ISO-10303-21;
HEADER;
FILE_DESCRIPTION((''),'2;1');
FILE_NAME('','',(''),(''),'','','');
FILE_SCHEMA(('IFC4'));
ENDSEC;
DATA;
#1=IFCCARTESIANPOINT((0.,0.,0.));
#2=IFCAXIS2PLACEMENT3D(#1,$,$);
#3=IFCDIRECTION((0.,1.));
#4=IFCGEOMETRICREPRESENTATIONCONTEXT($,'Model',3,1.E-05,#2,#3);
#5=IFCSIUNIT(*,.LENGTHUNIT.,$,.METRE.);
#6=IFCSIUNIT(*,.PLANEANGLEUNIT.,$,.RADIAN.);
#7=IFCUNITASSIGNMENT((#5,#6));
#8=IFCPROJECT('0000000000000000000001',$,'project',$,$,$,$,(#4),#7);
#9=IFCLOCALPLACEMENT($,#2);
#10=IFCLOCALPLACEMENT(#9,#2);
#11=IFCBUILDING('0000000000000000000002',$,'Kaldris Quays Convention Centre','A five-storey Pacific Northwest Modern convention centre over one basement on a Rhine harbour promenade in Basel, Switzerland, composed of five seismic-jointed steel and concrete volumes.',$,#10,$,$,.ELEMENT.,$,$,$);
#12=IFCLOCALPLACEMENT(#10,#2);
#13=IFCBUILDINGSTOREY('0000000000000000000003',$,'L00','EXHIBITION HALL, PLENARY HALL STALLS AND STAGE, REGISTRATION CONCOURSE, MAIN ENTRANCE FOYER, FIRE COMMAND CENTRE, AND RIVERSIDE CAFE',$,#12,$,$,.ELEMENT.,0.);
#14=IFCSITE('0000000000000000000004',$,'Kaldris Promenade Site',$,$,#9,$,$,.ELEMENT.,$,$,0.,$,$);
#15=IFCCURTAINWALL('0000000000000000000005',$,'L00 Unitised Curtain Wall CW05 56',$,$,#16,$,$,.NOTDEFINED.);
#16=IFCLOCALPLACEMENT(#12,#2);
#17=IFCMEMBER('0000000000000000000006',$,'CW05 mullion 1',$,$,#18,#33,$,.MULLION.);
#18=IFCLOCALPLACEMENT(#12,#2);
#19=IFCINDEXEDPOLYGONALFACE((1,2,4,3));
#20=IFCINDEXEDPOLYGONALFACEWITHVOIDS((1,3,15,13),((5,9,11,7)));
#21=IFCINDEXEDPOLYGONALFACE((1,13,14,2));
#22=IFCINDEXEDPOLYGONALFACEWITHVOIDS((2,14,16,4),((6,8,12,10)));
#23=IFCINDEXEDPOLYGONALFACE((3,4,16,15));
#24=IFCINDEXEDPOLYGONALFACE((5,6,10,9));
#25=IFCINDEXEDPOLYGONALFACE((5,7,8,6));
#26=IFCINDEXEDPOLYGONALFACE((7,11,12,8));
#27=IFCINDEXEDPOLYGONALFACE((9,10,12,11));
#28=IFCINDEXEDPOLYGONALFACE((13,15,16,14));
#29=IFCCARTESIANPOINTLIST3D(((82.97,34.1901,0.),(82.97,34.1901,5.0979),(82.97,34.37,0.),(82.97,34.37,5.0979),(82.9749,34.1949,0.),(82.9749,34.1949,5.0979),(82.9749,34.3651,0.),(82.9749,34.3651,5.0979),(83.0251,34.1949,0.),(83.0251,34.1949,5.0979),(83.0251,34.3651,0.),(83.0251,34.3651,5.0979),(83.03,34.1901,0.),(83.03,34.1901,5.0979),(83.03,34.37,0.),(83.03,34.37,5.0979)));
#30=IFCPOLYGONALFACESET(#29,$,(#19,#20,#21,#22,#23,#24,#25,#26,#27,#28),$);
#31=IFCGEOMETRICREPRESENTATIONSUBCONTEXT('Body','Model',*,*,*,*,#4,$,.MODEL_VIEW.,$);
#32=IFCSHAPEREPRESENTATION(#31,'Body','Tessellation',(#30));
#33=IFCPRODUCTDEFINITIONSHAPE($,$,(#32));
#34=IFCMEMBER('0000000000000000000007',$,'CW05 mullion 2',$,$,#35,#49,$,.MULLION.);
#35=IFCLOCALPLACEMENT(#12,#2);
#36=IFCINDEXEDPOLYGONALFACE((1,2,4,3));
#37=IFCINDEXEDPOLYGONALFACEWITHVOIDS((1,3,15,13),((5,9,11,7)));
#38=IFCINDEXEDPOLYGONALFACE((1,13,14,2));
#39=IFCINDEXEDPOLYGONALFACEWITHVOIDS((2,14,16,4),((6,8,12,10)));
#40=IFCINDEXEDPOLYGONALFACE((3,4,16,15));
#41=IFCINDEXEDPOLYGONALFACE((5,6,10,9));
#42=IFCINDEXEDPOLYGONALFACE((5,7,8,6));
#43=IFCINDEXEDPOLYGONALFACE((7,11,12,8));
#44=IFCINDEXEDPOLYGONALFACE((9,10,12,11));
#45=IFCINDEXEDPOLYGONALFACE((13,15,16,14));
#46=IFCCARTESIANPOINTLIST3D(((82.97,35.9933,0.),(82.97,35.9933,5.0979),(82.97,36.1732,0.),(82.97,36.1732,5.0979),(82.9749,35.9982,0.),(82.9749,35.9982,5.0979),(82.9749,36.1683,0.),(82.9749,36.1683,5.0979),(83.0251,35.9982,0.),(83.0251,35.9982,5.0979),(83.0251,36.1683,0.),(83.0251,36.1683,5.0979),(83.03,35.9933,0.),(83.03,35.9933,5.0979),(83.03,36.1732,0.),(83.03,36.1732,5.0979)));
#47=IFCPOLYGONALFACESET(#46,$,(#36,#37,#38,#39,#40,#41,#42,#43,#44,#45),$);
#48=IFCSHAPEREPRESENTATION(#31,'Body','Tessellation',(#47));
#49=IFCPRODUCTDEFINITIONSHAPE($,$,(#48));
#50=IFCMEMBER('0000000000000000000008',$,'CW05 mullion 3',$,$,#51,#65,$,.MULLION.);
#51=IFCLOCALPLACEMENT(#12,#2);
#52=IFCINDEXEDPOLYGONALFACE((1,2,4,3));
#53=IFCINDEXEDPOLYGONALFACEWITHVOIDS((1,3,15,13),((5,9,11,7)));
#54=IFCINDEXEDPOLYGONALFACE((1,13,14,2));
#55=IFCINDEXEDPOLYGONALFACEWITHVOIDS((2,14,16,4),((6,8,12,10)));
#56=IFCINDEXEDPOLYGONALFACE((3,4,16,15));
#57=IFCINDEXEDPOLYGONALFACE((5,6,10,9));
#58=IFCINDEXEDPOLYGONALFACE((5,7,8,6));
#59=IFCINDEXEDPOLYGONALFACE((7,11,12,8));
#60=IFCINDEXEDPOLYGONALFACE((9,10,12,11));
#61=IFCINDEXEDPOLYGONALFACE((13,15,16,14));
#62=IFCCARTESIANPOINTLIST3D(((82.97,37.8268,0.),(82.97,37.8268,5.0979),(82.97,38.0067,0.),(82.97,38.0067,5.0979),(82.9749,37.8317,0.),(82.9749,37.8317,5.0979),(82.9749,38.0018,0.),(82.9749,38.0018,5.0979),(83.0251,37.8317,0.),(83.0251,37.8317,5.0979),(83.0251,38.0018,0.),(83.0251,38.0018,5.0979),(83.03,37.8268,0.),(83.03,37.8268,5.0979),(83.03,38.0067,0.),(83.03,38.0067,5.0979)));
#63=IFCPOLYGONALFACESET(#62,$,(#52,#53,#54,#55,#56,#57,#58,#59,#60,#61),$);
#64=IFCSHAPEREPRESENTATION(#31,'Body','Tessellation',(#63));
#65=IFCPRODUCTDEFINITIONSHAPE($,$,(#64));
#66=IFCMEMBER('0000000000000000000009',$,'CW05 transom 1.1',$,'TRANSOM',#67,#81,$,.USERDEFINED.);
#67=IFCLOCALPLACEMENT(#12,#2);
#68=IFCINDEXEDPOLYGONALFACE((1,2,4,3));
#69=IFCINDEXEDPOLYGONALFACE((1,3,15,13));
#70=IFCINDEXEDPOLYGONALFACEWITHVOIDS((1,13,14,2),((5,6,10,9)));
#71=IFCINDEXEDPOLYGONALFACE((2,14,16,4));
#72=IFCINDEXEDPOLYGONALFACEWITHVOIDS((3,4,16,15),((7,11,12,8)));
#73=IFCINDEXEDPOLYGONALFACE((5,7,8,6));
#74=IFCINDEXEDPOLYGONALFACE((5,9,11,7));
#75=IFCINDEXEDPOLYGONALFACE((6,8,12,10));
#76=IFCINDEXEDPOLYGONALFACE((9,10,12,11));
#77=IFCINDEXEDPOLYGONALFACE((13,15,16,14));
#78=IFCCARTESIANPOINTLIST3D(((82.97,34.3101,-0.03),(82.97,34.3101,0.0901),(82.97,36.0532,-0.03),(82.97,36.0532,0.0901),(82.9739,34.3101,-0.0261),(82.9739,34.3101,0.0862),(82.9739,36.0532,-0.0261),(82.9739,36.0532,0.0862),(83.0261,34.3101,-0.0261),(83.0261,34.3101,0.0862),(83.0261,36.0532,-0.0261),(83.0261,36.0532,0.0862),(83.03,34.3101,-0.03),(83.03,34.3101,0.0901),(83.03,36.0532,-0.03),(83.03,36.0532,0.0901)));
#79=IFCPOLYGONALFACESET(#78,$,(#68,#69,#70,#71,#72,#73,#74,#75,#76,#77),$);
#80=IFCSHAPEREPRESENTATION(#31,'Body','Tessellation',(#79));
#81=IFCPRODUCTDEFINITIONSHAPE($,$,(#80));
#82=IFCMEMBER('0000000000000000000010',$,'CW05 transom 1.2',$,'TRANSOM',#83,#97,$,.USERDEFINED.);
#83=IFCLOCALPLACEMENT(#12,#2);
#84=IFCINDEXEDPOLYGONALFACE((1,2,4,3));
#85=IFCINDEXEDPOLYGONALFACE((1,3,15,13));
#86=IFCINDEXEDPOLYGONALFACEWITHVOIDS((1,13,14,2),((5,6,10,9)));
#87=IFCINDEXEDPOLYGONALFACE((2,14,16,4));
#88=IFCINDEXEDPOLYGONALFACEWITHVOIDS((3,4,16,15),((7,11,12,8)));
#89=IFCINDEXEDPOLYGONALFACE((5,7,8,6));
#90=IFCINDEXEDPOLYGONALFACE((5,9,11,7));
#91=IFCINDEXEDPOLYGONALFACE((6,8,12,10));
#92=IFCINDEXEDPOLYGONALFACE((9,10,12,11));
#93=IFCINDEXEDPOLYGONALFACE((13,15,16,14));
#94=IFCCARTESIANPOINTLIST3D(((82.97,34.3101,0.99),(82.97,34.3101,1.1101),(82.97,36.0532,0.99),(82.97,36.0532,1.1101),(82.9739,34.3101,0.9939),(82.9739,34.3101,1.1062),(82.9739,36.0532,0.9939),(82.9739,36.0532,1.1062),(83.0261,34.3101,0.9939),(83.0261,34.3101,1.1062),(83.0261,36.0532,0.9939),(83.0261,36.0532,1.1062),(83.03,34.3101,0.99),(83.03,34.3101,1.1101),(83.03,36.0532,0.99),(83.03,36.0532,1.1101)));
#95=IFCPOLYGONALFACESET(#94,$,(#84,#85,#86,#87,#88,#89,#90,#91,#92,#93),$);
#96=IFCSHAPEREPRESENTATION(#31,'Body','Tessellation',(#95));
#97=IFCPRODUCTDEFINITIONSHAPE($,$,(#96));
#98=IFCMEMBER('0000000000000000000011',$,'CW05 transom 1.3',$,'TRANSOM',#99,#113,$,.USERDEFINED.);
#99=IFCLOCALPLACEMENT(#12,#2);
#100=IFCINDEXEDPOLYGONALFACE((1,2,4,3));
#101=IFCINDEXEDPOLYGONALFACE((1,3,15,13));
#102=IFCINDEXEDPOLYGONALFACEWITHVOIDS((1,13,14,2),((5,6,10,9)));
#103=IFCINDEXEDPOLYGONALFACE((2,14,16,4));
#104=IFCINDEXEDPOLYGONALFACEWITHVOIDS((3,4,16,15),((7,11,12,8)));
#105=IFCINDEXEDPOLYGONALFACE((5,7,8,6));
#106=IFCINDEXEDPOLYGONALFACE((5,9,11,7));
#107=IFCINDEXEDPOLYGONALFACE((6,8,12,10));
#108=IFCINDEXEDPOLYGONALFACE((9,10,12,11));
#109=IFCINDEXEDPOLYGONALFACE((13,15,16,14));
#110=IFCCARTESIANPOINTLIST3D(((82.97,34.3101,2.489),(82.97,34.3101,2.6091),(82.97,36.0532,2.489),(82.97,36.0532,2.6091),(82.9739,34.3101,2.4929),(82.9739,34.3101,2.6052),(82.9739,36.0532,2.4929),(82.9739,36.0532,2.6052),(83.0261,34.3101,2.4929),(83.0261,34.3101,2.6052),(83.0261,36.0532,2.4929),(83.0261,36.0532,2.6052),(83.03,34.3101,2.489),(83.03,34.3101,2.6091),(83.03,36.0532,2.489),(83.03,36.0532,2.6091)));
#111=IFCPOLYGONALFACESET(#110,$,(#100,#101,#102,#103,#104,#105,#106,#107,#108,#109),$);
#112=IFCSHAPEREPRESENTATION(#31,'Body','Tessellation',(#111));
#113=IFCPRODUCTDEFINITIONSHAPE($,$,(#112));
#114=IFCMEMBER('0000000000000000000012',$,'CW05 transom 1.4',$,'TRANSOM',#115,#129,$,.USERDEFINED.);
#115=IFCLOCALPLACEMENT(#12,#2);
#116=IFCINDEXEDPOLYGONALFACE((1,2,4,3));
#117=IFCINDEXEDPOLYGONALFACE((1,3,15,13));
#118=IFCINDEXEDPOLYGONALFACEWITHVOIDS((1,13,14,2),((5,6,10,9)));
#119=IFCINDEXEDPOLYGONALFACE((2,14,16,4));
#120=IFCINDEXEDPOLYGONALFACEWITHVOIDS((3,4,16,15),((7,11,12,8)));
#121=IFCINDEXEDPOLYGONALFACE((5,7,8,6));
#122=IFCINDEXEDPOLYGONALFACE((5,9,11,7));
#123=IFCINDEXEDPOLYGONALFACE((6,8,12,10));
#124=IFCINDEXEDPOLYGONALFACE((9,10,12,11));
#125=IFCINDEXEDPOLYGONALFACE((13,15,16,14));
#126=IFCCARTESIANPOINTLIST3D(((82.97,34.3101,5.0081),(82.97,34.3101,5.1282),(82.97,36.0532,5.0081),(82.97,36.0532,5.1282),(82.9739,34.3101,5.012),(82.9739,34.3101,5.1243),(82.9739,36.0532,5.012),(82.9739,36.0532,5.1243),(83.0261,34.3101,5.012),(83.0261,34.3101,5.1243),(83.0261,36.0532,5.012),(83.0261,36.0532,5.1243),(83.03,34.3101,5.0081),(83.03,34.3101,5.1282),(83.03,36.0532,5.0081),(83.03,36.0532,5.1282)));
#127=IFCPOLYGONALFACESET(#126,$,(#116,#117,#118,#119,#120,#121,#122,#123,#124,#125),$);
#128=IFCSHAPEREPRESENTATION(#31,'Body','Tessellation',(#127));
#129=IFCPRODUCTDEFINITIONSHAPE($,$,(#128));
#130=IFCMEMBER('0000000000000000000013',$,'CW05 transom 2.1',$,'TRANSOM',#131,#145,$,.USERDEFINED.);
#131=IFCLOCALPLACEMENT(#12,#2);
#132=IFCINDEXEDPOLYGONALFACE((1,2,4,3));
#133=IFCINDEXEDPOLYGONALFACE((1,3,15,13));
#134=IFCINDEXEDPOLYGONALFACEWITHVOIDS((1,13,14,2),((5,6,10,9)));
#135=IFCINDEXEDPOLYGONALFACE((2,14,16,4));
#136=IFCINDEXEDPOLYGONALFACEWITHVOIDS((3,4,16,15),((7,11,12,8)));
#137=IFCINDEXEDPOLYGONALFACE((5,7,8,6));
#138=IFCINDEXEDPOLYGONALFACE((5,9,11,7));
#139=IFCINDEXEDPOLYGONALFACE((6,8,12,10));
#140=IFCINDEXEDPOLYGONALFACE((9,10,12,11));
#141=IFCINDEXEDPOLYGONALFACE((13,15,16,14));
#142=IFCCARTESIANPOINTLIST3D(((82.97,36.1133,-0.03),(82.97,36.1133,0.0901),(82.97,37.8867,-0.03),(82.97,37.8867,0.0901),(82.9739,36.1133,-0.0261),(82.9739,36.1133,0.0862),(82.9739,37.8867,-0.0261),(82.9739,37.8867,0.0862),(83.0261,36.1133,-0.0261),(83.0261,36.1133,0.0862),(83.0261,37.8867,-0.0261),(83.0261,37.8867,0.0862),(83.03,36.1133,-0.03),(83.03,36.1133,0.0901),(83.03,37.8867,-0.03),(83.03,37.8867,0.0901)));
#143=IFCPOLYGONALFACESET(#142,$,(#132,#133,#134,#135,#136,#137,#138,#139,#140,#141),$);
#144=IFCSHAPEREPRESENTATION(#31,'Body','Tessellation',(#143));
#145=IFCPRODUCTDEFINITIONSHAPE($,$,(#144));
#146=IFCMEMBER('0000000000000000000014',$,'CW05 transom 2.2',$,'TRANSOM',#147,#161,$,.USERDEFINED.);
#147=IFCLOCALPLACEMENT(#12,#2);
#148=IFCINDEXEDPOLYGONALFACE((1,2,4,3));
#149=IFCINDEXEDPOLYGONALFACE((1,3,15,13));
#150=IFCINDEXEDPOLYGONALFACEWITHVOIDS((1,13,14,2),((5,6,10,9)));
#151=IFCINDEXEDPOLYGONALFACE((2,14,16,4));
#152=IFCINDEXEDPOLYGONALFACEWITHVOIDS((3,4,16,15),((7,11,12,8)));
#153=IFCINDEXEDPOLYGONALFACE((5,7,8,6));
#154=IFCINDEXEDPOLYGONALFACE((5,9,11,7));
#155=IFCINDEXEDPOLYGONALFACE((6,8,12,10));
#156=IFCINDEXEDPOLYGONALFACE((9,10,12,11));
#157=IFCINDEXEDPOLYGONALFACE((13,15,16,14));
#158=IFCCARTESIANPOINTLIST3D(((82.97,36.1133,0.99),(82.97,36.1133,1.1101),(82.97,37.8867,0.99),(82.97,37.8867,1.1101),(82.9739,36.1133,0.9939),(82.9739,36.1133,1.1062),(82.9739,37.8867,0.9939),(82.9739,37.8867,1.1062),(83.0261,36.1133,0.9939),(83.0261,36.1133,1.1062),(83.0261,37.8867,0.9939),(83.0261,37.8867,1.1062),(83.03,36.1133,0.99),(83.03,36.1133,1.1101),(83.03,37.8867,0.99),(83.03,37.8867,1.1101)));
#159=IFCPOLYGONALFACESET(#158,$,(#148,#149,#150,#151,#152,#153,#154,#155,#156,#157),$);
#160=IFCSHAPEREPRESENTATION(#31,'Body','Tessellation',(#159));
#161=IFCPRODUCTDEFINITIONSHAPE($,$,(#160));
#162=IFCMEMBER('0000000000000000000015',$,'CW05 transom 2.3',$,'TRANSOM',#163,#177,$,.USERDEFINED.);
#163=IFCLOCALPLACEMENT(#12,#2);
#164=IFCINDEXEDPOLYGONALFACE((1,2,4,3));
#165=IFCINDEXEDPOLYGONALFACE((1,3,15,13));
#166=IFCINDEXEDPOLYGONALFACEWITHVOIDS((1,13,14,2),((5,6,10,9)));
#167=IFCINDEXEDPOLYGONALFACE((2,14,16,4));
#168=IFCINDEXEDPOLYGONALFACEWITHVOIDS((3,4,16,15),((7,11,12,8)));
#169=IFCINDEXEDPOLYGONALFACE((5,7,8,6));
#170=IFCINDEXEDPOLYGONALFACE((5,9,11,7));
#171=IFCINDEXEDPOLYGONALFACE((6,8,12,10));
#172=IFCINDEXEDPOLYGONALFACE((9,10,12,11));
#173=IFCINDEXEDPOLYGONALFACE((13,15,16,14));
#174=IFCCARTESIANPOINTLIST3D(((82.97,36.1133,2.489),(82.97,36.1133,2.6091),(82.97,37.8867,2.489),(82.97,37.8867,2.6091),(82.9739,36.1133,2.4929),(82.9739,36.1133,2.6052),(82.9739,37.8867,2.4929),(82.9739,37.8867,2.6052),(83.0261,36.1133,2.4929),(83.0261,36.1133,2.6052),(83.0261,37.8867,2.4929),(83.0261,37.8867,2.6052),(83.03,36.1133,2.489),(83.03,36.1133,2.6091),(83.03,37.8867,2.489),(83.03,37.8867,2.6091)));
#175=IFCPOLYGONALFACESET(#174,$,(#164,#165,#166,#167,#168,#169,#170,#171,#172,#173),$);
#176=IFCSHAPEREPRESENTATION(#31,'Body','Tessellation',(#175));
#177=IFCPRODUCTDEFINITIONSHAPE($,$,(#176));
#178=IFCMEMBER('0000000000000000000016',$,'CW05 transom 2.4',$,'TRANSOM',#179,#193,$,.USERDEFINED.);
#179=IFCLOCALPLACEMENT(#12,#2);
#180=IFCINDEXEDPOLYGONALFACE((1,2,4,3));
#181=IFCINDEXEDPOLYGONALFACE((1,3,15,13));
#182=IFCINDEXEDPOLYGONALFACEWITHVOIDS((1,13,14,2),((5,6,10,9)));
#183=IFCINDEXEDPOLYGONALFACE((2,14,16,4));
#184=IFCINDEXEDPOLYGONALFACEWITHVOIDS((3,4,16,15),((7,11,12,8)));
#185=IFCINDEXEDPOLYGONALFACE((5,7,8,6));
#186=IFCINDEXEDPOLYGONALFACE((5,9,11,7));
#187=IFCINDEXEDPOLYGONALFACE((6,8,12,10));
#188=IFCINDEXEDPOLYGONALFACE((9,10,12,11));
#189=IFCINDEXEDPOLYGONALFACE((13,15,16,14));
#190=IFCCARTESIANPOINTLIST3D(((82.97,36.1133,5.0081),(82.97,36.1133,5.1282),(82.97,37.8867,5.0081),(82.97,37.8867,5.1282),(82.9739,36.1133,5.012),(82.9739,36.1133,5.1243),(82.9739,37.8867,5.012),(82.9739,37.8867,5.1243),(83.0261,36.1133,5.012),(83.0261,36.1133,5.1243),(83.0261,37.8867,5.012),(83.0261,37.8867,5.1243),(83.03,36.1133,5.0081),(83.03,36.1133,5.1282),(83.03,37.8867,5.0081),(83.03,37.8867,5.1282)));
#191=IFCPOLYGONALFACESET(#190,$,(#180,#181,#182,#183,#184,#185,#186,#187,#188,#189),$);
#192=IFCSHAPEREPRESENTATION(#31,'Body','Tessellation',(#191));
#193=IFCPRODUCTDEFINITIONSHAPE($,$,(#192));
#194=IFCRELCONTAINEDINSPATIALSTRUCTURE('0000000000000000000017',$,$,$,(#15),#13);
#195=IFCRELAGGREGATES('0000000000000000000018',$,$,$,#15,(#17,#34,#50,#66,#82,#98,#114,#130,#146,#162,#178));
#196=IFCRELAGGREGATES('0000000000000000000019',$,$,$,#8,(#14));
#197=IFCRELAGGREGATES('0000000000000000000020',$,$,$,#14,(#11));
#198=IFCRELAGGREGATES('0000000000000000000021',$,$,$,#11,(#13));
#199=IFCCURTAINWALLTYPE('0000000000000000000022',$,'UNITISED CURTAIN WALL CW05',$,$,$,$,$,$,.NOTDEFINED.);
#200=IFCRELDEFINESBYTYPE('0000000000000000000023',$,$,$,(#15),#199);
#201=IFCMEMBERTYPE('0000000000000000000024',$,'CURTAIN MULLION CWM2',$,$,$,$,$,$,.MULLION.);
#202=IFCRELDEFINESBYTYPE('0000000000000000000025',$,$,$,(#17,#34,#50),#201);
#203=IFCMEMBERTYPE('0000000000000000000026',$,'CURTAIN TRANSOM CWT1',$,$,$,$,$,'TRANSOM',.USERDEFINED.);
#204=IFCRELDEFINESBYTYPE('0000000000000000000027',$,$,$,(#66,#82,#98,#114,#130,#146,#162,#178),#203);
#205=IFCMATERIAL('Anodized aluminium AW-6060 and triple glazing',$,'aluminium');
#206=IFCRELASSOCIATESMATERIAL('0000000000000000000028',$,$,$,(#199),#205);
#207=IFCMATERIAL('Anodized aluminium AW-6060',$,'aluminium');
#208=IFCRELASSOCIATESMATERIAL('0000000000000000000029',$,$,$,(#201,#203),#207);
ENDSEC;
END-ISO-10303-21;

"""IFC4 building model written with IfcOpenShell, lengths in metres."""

from ifc_helpers import new_model, si_unit, direction, frame, origin, origin_2d, place, context, subcontext, project, spatial, hollow_rectangle, extrude, material, material_profile, profile_set, type_object, element, aggregate, save


model = new_model("IFC4")

# Units and contexts
model_context = context("Model", 3, precision=1e-05, world=origin(), true_north=direction((0.0, 1.0)))
body_context = subcontext(model_context, "Body", "Model", "MODEL_VIEW")
ifc_project = project(units=[si_unit("LENGTHUNIT", "METRE"), si_unit("PLANEANGLEUNIT", "RADIAN")], contexts=[model_context])

# Site, building, storey
site_placement = place(None, origin())
site = spatial("IfcSite", under=ifc_project, at=site_placement, Name="Kaldris Promenade Site", CompositionType="ELEMENT", RefElevation=0.0)
building_placement = place(site_placement, origin())
building = spatial("IfcBuilding", under=site, at=building_placement, Name="Kaldris Quays Convention Centre", Description="A five-storey Pacific Northwest Modern convention centre over one basement on a Rhine harbour promenade in Basel, Switzerland, composed of five seismic-jointed steel and concrete volumes.", CompositionType="ELEMENT")
storey_placement = place(building_placement, origin())
storey = spatial("IfcBuildingStorey", under=building, at=storey_placement, Name="L00", Description="EXHIBITION HALL, PLENARY HALL STALLS AND STAGE, REGISTRATION CONCOURSE, MAIN ENTRANCE FOYER, FIRE COMMAND CENTRE, AND RIVERSIDE CAFE", CompositionType="ELEMENT", Elevation=0.0)

# Curtain wall, members
ifc_material_1 = material(Name="Anodized aluminium AW-6060 and triple glazing", Category="aluminium")
curtain_wall_type = type_object("IfcCurtainWallType", Name="UNITISED CURTAIN WALL CW05", PredefinedType="NOTDEFINED", material=ifc_material_1)
curtain_wall_placement = place(storey_placement, origin())
curtain_wall = element("IfcCurtainWall", 1, at=curtain_wall_placement, inside=storey, type_object=curtain_wall_type, Name="L00 Unitised Curtain Wall CW05 56", PredefinedType="NOTDEFINED")
ifc_material_2 = material(Name="Anodized aluminium AW-6060", Category="aluminium")
ifc_material_profile_1 = material_profile(ifc_material_2, hollow_rectangle(XDim=0.0601, YDim=0.1799, WallThickness=0.0049, at=origin_2d()), Name="RHS 180x60x5")
ifc_profile_set_1 = profile_set([ifc_material_profile_1], Name="Anodized aluminium AW-6060")
member_type_1 = type_object("IfcMemberType", Name="CURTAIN MULLION CWM2", PredefinedType="MULLION", material=ifc_profile_set_1)
member_1_placement = place(storey_placement, frame((83.0, 34.28, 0.0), z_axis=(0.0, 0.0, 1.0), x_axis=(-1.0, 0.0, 0.0)))
member_1 = element("IfcMember", 2, at=member_1_placement, type_object=member_type_1, Name="CW05 mullion 1", PredefinedType="MULLION", context=body_context, shape_type="SweptSolid", body=[
    extrude(hollow_rectangle(XDim=0.0601, YDim=0.1799, WallThickness=0.0049, at=origin_2d()), origin(), (0.0, 0.0, 1.0), 5.0979),
])
member_2_placement = place(storey_placement, frame((83.0, 36.0833, 0.0), z_axis=(0.0, 0.0, 1.0), x_axis=(-1.0, 0.0, 0.0)))
member_2 = element("IfcMember", 3, at=member_2_placement, type_object=member_type_1, Name="CW05 mullion 2", PredefinedType="MULLION", context=body_context, shape_type="SweptSolid", body=[
    extrude(hollow_rectangle(XDim=0.0601, YDim=0.1799, WallThickness=0.0049, at=origin_2d()), origin(), (0.0, 0.0, 1.0), 5.0979),
])
member_3_placement = place(storey_placement, frame((83.0, 37.9167, 0.0), z_axis=(0.0, 0.0, 1.0), x_axis=(-1.0, 0.0, 0.0)))
member_3 = element("IfcMember", 4, at=member_3_placement, type_object=member_type_1, Name="CW05 mullion 3", PredefinedType="MULLION", context=body_context, shape_type="SweptSolid", body=[
    extrude(hollow_rectangle(XDim=0.0601, YDim=0.1799, WallThickness=0.0049, at=origin_2d()), origin(), (0.0, 0.0, 1.0), 5.0979),
])
ifc_material_profile_2 = material_profile(ifc_material_2, hollow_rectangle(XDim=0.0601, YDim=0.1201, WallThickness=0.0039, at=origin_2d()), Name="RHS 120x60x4")
ifc_profile_set_2 = profile_set([ifc_material_profile_2], Name="Anodized aluminium AW-6060")
member_type_2 = type_object("IfcMemberType", Name="CURTAIN TRANSOM CWT1", ElementType="TRANSOM", PredefinedType="USERDEFINED", material=ifc_profile_set_2)
member_4_placement = place(storey_placement, frame((83.0, 34.3101, 0.03), z_axis=(0.0, 1.0, 0.0), x_axis=(-1.0, 0.0, 0.0)))
member_4 = element("IfcMember", 5, at=member_4_placement, type_object=member_type_2, Name="CW05 transom 1.1", ObjectType="TRANSOM", PredefinedType="USERDEFINED", context=body_context, shape_type="SweptSolid", body=[
    extrude(hollow_rectangle(XDim=0.0601, YDim=0.1201, WallThickness=0.0039, at=origin_2d()), origin(), (0.0, 0.0, 1.0), 1.7432),
])
member_5_placement = place(storey_placement, frame((83.0, 34.3101, 1.05), z_axis=(0.0, 1.0, 0.0), x_axis=(-1.0, 0.0, 0.0)))
member_5 = element("IfcMember", 6, at=member_5_placement, type_object=member_type_2, Name="CW05 transom 1.2", ObjectType="TRANSOM", PredefinedType="USERDEFINED", context=body_context, shape_type="SweptSolid", body=[
    extrude(hollow_rectangle(XDim=0.0601, YDim=0.1201, WallThickness=0.0039, at=origin_2d()), origin(), (0.0, 0.0, 1.0), 1.7432),
])
member_6_placement = place(storey_placement, frame((83.0, 34.3101, 2.5491), z_axis=(0.0, 1.0, 0.0), x_axis=(-1.0, 0.0, 0.0)))
member_6 = element("IfcMember", 7, at=member_6_placement, type_object=member_type_2, Name="CW05 transom 1.3", ObjectType="TRANSOM", PredefinedType="USERDEFINED", context=body_context, shape_type="SweptSolid", body=[
    extrude(hollow_rectangle(XDim=0.0601, YDim=0.1201, WallThickness=0.0039, at=origin_2d()), origin(), (0.0, 0.0, 1.0), 1.7432),
])
member_7_placement = place(storey_placement, frame((83.0, 34.3101, 5.0681), z_axis=(0.0, 1.0, 0.0), x_axis=(-1.0, 0.0, 0.0)))
member_7 = element("IfcMember", 8, at=member_7_placement, type_object=member_type_2, Name="CW05 transom 1.4", ObjectType="TRANSOM", PredefinedType="USERDEFINED", context=body_context, shape_type="SweptSolid", body=[
    extrude(hollow_rectangle(XDim=0.0601, YDim=0.1201, WallThickness=0.0039, at=origin_2d()), origin(), (0.0, 0.0, 1.0), 1.7432),
])
member_8_placement = place(storey_placement, frame((83.0, 36.1133, 0.03), z_axis=(0.0, 1.0, 0.0), x_axis=(-1.0, 0.0, 0.0)))
member_8 = element("IfcMember", 9, at=member_8_placement, type_object=member_type_2, Name="CW05 transom 2.1", ObjectType="TRANSOM", PredefinedType="USERDEFINED", context=body_context, shape_type="SweptSolid", body=[
    extrude(hollow_rectangle(XDim=0.0601, YDim=0.1201, WallThickness=0.0039, at=origin_2d()), origin(), (0.0, 0.0, 1.0), 1.7734),
])
member_9_placement = place(storey_placement, frame((83.0, 36.1133, 1.05), z_axis=(0.0, 1.0, 0.0), x_axis=(-1.0, 0.0, 0.0)))
member_9 = element("IfcMember", 10, at=member_9_placement, type_object=member_type_2, Name="CW05 transom 2.2", ObjectType="TRANSOM", PredefinedType="USERDEFINED", context=body_context, shape_type="SweptSolid", body=[
    extrude(hollow_rectangle(XDim=0.0601, YDim=0.1201, WallThickness=0.0039, at=origin_2d()), origin(), (0.0, 0.0, 1.0), 1.7734),
])
member_10_placement = place(storey_placement, frame((83.0, 36.1133, 2.5491), z_axis=(0.0, 1.0, 0.0), x_axis=(-1.0, 0.0, 0.0)))
member_10 = element("IfcMember", 11, at=member_10_placement, type_object=member_type_2, Name="CW05 transom 2.3", ObjectType="TRANSOM", PredefinedType="USERDEFINED", context=body_context, shape_type="SweptSolid", body=[
    extrude(hollow_rectangle(XDim=0.0601, YDim=0.1201, WallThickness=0.0039, at=origin_2d()), origin(), (0.0, 0.0, 1.0), 1.7734),
])
member_11_placement = place(storey_placement, frame((83.0, 36.1133, 5.0681), z_axis=(0.0, 1.0, 0.0), x_axis=(-1.0, 0.0, 0.0)))
member_11 = element("IfcMember", 12, at=member_11_placement, type_object=member_type_2, Name="CW05 transom 2.4", ObjectType="TRANSOM", PredefinedType="USERDEFINED", context=body_context, shape_type="SweptSolid", body=[
    extrude(hollow_rectangle(XDim=0.0601, YDim=0.1201, WallThickness=0.0039, at=origin_2d()), origin(), (0.0, 0.0, 1.0), 1.7734),
])

aggregate(curtain_wall, [member_1, member_2, member_3, member_4, member_5, member_6, member_7, member_8, member_9, member_10, member_11])

save(model, "model.ifc")
